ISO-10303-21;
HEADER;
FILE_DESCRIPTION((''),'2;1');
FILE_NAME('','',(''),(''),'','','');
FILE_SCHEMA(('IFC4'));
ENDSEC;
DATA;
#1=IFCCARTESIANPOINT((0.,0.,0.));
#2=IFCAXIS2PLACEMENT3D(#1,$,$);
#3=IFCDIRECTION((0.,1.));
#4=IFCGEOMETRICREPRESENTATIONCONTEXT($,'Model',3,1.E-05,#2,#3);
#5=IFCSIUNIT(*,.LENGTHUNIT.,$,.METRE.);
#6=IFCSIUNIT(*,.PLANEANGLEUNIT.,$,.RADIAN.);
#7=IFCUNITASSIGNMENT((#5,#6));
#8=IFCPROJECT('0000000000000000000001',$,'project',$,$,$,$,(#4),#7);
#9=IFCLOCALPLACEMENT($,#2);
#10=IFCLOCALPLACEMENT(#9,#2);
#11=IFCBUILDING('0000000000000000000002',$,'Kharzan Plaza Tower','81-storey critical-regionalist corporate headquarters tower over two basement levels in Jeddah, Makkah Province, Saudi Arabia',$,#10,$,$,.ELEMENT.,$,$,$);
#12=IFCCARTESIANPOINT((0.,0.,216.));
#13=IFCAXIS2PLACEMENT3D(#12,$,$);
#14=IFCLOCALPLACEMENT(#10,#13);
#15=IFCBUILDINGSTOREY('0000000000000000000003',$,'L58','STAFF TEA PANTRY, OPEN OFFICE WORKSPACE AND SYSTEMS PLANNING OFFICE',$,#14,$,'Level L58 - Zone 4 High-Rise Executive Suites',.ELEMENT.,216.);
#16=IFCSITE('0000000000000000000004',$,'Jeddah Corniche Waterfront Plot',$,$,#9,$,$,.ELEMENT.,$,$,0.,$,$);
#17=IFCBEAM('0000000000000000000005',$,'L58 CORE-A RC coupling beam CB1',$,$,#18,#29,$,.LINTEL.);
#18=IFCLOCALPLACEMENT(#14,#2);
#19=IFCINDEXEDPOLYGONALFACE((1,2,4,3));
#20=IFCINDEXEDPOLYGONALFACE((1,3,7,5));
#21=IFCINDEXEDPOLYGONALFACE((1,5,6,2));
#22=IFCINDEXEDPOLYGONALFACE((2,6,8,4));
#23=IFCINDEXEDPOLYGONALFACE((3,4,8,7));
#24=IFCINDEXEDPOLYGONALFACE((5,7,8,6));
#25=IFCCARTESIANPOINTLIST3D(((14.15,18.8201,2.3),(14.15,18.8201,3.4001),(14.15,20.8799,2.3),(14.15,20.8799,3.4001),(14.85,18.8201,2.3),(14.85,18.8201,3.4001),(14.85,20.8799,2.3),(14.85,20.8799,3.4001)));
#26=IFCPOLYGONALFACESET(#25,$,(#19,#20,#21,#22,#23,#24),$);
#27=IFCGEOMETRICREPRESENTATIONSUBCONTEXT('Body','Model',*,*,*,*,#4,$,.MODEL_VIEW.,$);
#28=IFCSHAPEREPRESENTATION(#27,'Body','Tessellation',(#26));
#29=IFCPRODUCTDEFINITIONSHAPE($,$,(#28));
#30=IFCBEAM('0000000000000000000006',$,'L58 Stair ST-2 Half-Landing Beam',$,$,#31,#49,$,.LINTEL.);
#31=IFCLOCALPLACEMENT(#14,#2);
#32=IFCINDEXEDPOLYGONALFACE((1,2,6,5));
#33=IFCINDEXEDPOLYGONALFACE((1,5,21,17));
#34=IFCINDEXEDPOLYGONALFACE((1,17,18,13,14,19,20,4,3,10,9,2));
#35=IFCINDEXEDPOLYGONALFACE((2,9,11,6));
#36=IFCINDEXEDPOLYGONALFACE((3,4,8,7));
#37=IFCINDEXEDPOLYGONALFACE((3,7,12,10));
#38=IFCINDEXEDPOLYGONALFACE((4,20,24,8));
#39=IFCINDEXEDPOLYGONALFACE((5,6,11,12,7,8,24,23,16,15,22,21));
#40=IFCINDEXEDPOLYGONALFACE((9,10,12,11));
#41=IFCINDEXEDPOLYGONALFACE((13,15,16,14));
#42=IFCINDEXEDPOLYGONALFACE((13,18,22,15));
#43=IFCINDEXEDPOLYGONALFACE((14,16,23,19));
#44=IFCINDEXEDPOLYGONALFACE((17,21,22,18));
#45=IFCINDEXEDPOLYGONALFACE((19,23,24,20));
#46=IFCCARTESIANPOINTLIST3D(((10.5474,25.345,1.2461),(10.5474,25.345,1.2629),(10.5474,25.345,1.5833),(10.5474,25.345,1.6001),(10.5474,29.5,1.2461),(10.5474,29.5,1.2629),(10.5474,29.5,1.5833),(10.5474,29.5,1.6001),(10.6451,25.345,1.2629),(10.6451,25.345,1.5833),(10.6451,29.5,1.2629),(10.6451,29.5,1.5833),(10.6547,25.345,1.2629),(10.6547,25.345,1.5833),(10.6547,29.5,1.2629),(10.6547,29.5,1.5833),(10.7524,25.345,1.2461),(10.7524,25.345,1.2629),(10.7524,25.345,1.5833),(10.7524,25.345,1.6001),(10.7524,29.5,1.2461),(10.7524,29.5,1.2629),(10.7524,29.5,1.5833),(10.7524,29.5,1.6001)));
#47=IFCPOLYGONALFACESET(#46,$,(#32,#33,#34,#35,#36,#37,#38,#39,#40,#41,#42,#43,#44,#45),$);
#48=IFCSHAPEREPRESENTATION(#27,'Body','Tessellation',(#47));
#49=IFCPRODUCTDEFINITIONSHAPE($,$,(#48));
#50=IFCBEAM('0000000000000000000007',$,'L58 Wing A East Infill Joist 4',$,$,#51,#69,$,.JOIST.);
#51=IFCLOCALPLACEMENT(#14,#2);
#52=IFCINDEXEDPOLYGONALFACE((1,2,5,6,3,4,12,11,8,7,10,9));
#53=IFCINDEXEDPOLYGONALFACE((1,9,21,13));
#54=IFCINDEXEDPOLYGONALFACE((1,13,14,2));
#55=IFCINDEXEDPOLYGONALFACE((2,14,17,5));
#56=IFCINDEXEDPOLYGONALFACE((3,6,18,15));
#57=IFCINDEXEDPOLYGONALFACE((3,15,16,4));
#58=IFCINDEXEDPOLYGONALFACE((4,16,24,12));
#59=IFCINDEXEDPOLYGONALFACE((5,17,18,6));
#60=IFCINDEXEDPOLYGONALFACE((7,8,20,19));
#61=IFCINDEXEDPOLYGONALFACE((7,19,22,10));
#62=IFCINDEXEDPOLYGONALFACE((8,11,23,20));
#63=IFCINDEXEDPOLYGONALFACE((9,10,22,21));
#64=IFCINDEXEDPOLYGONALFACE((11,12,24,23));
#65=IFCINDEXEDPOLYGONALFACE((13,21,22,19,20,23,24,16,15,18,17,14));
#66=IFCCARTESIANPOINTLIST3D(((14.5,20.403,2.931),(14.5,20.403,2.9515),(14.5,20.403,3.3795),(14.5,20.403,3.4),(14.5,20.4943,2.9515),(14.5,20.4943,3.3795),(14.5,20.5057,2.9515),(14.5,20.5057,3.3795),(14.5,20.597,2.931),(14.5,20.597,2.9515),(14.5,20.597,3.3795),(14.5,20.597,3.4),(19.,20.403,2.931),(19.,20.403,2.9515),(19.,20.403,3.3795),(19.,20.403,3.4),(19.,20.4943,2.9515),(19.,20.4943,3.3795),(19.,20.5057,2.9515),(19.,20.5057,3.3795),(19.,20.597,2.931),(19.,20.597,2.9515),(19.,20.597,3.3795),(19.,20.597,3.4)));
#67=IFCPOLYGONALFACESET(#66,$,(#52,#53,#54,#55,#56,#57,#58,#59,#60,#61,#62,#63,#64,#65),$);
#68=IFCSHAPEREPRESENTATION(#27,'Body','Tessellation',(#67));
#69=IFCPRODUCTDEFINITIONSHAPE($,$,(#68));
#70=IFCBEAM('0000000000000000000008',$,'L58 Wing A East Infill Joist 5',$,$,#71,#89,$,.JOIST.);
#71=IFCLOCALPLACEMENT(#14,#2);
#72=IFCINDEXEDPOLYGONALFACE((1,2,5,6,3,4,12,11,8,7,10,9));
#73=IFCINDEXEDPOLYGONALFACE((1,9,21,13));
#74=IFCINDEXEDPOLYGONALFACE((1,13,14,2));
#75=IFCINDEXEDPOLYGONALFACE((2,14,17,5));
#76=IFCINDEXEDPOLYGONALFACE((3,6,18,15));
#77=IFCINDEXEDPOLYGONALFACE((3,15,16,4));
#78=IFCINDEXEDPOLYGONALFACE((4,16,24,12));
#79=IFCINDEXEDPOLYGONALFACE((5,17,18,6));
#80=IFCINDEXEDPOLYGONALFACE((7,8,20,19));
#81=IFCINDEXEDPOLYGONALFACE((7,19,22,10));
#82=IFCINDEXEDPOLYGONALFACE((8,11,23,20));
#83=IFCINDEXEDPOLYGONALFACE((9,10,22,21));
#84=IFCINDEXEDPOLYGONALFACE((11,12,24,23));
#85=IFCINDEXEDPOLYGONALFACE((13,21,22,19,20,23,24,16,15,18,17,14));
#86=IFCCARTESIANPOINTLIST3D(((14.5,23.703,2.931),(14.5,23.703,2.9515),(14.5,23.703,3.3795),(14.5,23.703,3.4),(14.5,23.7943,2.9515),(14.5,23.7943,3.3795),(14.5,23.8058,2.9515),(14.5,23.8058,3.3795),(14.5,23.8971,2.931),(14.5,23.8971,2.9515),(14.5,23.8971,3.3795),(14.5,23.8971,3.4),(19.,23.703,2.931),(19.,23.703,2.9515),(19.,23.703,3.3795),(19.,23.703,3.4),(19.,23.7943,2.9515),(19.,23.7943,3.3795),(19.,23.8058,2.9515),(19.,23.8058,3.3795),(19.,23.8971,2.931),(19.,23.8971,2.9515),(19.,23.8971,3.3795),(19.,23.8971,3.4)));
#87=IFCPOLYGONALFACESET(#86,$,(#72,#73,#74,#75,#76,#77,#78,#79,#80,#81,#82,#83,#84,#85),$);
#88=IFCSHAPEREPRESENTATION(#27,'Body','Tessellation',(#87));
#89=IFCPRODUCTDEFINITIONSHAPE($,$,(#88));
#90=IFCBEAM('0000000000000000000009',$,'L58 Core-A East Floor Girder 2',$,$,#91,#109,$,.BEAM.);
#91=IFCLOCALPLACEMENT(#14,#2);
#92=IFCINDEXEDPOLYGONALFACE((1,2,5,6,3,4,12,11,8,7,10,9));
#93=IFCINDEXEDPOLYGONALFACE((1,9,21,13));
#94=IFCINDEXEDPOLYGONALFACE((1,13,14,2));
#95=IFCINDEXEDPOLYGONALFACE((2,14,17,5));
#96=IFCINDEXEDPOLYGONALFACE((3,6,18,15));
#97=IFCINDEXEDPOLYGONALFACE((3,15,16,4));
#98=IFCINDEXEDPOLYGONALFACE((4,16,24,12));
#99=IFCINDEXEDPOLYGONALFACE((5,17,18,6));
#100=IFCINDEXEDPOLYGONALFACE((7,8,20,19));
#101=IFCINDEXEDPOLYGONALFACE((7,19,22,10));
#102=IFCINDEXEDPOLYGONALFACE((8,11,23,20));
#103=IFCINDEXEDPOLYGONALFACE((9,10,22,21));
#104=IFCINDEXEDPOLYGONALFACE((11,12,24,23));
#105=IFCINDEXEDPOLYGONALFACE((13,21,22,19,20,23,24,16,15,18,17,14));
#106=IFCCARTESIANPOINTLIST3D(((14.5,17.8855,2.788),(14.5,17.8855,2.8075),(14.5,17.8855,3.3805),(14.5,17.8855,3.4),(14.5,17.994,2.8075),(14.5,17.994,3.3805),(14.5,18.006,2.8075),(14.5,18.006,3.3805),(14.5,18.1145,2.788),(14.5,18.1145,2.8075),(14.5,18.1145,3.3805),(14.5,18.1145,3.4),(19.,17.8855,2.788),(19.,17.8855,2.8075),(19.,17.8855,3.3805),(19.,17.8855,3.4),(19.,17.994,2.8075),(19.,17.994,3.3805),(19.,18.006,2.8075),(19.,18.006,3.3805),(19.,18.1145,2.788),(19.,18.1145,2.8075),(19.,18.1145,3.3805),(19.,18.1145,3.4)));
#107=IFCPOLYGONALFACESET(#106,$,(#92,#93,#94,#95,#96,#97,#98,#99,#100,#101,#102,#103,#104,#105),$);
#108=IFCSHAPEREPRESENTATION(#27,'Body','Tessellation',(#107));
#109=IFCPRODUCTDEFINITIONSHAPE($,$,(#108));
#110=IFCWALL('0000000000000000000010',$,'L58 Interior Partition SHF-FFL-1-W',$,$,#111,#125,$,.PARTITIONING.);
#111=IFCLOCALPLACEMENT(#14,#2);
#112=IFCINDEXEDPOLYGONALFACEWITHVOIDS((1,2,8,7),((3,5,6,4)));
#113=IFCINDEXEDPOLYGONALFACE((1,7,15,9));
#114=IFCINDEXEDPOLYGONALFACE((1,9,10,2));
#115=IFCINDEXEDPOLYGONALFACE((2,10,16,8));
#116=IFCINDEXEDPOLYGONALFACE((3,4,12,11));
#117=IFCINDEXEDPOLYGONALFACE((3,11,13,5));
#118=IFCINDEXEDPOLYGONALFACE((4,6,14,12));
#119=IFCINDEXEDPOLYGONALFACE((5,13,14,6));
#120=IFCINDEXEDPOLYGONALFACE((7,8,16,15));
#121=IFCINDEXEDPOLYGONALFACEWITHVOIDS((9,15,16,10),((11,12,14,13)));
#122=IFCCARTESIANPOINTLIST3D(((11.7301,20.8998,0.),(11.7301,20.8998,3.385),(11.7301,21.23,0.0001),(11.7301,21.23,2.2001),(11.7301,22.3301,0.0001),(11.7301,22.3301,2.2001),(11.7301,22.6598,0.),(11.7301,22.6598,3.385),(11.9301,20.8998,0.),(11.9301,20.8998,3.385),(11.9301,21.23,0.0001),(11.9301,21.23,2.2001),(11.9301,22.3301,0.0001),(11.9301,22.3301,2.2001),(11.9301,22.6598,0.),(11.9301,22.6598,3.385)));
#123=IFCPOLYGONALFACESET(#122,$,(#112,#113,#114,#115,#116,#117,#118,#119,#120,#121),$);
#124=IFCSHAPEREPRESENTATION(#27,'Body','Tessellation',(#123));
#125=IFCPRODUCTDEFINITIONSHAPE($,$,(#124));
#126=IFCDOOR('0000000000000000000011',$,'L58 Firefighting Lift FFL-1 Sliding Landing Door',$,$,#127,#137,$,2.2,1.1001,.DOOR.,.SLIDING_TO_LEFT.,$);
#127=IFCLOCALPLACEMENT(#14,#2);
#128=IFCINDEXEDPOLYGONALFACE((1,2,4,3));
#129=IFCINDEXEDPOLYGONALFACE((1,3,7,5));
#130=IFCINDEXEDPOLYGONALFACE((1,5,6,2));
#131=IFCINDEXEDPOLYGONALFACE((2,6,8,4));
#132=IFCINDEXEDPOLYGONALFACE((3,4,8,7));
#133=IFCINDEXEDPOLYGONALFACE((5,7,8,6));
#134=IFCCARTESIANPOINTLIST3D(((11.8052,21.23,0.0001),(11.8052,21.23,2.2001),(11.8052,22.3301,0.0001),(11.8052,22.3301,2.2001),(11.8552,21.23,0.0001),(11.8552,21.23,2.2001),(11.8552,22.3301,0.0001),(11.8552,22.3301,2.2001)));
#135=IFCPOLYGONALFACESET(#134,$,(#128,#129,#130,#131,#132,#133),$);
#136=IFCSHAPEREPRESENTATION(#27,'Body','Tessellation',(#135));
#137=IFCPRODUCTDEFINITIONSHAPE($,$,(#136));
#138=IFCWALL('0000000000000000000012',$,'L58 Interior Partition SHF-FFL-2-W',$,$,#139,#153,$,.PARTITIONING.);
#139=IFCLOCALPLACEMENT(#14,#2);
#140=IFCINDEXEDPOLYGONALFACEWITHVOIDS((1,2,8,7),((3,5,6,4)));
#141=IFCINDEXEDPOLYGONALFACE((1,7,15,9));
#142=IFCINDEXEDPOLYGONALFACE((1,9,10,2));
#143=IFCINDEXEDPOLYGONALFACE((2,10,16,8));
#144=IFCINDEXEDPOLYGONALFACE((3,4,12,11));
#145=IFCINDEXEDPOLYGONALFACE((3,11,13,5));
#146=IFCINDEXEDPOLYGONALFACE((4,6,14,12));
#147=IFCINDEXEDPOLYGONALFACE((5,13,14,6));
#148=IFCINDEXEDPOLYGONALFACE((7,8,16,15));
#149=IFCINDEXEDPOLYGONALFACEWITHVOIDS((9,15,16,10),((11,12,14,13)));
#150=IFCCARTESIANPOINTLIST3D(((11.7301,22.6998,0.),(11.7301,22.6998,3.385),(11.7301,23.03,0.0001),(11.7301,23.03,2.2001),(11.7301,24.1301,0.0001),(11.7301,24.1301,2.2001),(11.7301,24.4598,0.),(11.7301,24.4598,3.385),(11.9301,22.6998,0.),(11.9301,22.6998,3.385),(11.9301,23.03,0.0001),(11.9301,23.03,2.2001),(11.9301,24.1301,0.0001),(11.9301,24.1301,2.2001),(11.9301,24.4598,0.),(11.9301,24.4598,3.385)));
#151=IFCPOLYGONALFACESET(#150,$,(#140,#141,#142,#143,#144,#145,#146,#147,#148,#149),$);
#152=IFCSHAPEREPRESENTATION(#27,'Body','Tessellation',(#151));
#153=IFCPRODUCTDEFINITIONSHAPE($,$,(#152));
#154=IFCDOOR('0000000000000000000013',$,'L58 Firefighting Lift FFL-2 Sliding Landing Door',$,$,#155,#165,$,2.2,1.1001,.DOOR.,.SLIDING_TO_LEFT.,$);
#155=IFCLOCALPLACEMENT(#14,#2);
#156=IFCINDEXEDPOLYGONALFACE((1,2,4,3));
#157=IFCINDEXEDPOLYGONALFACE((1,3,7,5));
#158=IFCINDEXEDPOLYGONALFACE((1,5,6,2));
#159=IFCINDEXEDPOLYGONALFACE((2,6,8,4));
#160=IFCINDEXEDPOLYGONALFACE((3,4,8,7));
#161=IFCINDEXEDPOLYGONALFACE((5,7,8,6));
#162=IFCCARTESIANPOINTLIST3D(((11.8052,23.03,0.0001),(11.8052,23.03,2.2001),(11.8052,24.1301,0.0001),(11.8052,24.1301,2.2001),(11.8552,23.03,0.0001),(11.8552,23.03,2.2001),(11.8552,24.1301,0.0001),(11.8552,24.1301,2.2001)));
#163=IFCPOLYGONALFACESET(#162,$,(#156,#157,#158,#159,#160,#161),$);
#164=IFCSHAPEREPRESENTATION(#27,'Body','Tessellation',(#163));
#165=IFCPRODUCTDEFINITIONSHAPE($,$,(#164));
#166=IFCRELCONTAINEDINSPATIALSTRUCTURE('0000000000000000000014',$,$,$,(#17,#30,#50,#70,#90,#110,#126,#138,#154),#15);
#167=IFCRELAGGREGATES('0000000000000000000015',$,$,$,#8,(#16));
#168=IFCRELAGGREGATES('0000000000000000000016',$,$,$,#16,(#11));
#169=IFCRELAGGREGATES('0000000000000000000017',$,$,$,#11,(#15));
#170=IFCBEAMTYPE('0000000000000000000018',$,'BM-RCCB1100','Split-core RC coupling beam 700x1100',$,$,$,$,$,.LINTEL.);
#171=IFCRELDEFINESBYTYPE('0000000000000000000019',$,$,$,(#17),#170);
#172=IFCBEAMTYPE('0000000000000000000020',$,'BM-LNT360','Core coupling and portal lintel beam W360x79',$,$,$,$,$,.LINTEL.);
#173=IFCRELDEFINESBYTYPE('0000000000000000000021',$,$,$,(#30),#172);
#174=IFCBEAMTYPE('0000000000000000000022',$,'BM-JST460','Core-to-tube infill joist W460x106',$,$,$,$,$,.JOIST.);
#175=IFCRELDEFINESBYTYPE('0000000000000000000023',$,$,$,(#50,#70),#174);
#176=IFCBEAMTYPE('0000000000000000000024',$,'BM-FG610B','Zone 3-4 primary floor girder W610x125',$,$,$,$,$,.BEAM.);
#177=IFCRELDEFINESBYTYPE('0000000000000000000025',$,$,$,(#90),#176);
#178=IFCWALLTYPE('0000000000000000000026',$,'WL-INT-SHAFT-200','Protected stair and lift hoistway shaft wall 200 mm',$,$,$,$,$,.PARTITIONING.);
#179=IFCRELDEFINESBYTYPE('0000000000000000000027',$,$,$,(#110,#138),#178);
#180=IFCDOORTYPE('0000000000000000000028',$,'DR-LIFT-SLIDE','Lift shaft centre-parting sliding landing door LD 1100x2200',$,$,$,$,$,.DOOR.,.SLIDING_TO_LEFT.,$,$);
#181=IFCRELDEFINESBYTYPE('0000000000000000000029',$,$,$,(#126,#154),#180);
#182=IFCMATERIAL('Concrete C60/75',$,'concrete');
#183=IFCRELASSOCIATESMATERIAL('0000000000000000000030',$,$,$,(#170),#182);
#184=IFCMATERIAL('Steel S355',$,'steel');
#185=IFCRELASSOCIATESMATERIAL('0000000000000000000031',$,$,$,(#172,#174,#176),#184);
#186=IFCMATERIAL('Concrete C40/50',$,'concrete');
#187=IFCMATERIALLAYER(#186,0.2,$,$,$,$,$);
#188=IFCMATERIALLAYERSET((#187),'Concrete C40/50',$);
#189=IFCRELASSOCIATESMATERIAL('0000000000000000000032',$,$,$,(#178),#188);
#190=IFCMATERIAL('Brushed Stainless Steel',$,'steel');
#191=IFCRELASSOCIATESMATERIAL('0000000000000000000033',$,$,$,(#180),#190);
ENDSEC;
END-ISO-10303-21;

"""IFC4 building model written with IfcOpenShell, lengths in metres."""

from ifc_helpers import new_model, si_unit, direction, frame, frame_2d, origin, origin_2d, place, context, subcontext, project, spatial, rectangle, i_section, extrude, source, transform, mapped, material, layer, layer_set, material_profile, profile_set, type_object, element, fill, save


model = new_model("IFC4")

# Units and contexts
model_context = context("Model", 3, precision=1e-05, world=origin(), true_north=direction((0.0, 1.0)))
body_context = subcontext(model_context, "Body", "Model", "MODEL_VIEW")
ifc_project = project(units=[si_unit("LENGTHUNIT", "METRE"), si_unit("PLANEANGLEUNIT", "RADIAN")], contexts=[model_context])

# Site, building, storey
site_placement = place(None, origin())
site = spatial("IfcSite", under=ifc_project, at=site_placement, Name="Jeddah Corniche Waterfront Plot", CompositionType="ELEMENT", RefElevation=0.0)
building_placement = place(site_placement, origin())
building = spatial("IfcBuilding", under=site, at=building_placement, Name="Kharzan Plaza Tower", Description="81-storey critical-regionalist corporate headquarters tower over two basement levels in Jeddah, Makkah Province, Saudi Arabia", CompositionType="ELEMENT")
storey_placement = place(building_placement, frame((0.0, 0.0, 216.0)))
storey = spatial("IfcBuildingStorey", under=building, at=storey_placement, Name="L58", Description="STAFF TEA PANTRY, OPEN OFFICE WORKSPACE AND SYSTEMS PLANNING OFFICE", LongName="Level L58 - Zone 4 High-Rise Executive Suites", CompositionType="ELEMENT", Elevation=216.0)

# Beams
ifc_material_1 = material(Name="Concrete C60/75", Category="concrete")
ifc_material_profile_1 = material_profile(ifc_material_1, rectangle(XDim=0.7, YDim=1.1001, at=origin_2d()), Name="RC-CB1100x700")
ifc_profile_set_1 = profile_set([ifc_material_profile_1], Name="Concrete C60/75")
beam_type_1 = type_object("IfcBeamType", Name="BM-RCCB1100", Description="Split-core RC coupling beam 700x1100", PredefinedType="LINTEL", material=ifc_profile_set_1)
shared_shape_1 = source(origin(), body_context, "Body", "SweptSolid", [
    extrude(rectangle(XDim=0.7, YDim=1.1001, at=origin_2d()), origin(), (0.0, 0.0, 1.0), 2.0598),
])
beam_1_placement = place(storey_placement, frame((14.5, 18.8201, 2.8501), z_axis=(0.0, 1.0, 0.0), x_axis=(-1.0, 0.0, 0.0)))
element("IfcBeam", 1, at=beam_1_placement, inside=storey, type_object=beam_type_1, Name="L58 CORE-A RC coupling beam CB1", PredefinedType="LINTEL", context=body_context, shape_type="MappedRepresentation", body=[
    mapped(shared_shape_1, transform((0.0, 0.0, 0.0), x_axis=(1.0, 0.0, 0.0), y_axis=(0.0, 1.0, 0.0), z_axis=(0.0, 0.0, 1.0))),
])
ifc_material_2 = material(Name="Steel S355", Category="steel")
ifc_material_profile_2 = material_profile(ifc_material_2, i_section(OverallWidth=0.2051, OverallDepth=0.354, WebThickness=0.0095, FlangeThickness=0.0168, at=origin_2d()), Name="W360x79")
ifc_profile_set_2 = profile_set([ifc_material_profile_2], Name="Steel S355")
beam_type_2 = type_object("IfcBeamType", Name="BM-LNT360", Description="Core coupling and portal lintel beam W360x79", PredefinedType="LINTEL", material=ifc_profile_set_2)
shared_shape_2 = source(origin(), body_context, "Body", "SweptSolid", [
    extrude(i_section(OverallWidth=0.2051, OverallDepth=0.354, WebThickness=0.0095, FlangeThickness=0.0168, at=origin_2d()), origin(), (0.0, 0.0, 1.0), 4.155),
])
beam_2_placement = place(storey_placement, frame((10.6499, 25.345, 1.4231), z_axis=(0.0, 1.0, 0.0), x_axis=(-1.0, 0.0, 0.0)))
element("IfcBeam", 2, at=beam_2_placement, inside=storey, type_object=beam_type_2, Name="L58 Stair ST-2 Half-Landing Beam", PredefinedType="LINTEL", context=body_context, shape_type="MappedRepresentation", body=[
    mapped(shared_shape_2, transform((0.0, 0.0, 0.0), x_axis=(1.0, 0.0, 0.0), y_axis=(0.0, 1.0, 0.0), z_axis=(0.0, 0.0, 1.0))),
])
ifc_material_profile_3 = material_profile(ifc_material_2, i_section(OverallWidth=0.1941, OverallDepth=0.469, WebThickness=0.0115, FlangeThickness=0.0205, at=origin_2d()), Name="W460x106")
ifc_profile_set_3 = profile_set([ifc_material_profile_3], Name="Steel S355")
beam_type_3 = type_object("IfcBeamType", Name="BM-JST460", Description="Core-to-tube infill joist W460x106", PredefinedType="JOIST", material=ifc_profile_set_3)
shared_shape_3 = source(origin(), body_context, "Body", "SweptSolid", [
    extrude(i_section(OverallWidth=0.1941, OverallDepth=0.469, WebThickness=0.0115, FlangeThickness=0.0205, at=origin_2d()), origin(), (0.0, 0.0, 1.0), 4.5),
])
for number, where, z_axis, x_axis, name in (
    (3, (14.5, 20.5, 3.1655), (1.0, 0.0, 0.0), (0.0, 1.0, 0.0), "L58 Wing A East Infill Joist 4"),
    (4, (14.5, 23.8, 3.1655), (1.0, 0.0, 0.0), (0.0, 1.0, 0.0), "L58 Wing A East Infill Joist 5"),
):
    element("IfcBeam", number, at=place(storey_placement, frame(where, z_axis=z_axis, x_axis=x_axis)), inside=storey, type_object=beam_type_3, Name=name, PredefinedType="JOIST", context=body_context, shape_type="MappedRepresentation", body=[
        mapped(shared_shape_3, transform((0.0, 0.0, 0.0), x_axis=(1.0, 0.0, 0.0), y_axis=(0.0, 1.0, 0.0), z_axis=(0.0, 0.0, 1.0))),
    ])
ifc_material_profile_4 = material_profile(ifc_material_2, i_section(OverallWidth=0.229, OverallDepth=0.6121, WebThickness=0.012, FlangeThickness=0.0195, at=origin_2d()), Name="W610x125")
ifc_profile_set_4 = profile_set([ifc_material_profile_4], Name="Steel S355")
beam_type_4 = type_object("IfcBeamType", Name="BM-FG610B", Description="Zone 3-4 primary floor girder W610x125", PredefinedType="BEAM", material=ifc_profile_set_4)
shared_shape_4 = source(origin(), body_context, "Body", "SweptSolid", [
    extrude(i_section(OverallWidth=0.229, OverallDepth=0.6121, WebThickness=0.012, FlangeThickness=0.0195, at=origin_2d()), origin(), (0.0, 0.0, 1.0), 4.5),
])
beam_3_placement = place(storey_placement, frame((14.5, 18.0, 3.094), z_axis=(1.0, 0.0, 0.0), x_axis=(0.0, 1.0, 0.0)))
element("IfcBeam", 5, at=beam_3_placement, inside=storey, type_object=beam_type_4, Name="L58 Core-A East Floor Girder 2", PredefinedType="BEAM", context=body_context, shape_type="MappedRepresentation", body=[
    mapped(shared_shape_4, transform((0.0, 0.0, 0.0), x_axis=(1.0, 0.0, 0.0), y_axis=(0.0, 1.0, 0.0), z_axis=(0.0, 0.0, 1.0))),
])

# Walls, openings, doors
ifc_material_3 = material(Name="Concrete C40/50", Category="concrete")
ifc_layer_1 = layer(ifc_material_3, 0.2)
ifc_layer_set_1 = layer_set([ifc_layer_1], Name="Concrete C40/50")
wall_type_1 = type_object("IfcWallType", Name="WL-INT-SHAFT-200", Description="Protected stair and lift hoistway shaft wall 200 mm", PredefinedType="PARTITIONING", material=ifc_layer_set_1)
wall_1_placement = place(storey_placement, frame((11.8301, 20.8999, 0.0), z_axis=(0.0, 0.0, 1.0), x_axis=(0.0, 1.0, 0.0)))
wall_1 = element("IfcWall", 6, at=wall_1_placement, inside=storey, type_object=wall_type_1, Name="L58 Interior Partition SHF-FFL-1-W", PredefinedType="PARTITIONING", context=body_context, shape_type="SweptSolid", body=[
    extrude(rectangle(XDim=1.76, YDim=0.2, at=frame_2d((0.8799, 0.0))), origin(), (0.0, 0.0, 1.0), 3.385),
])
opening_1_placement = place(wall_1_placement, frame((0.3301, 0.0, 0.0)))
opening_1 = element("IfcOpeningElement", 7, at=opening_1_placement, cuts=wall_1, PredefinedType="OPENING", context=body_context, shape_type="SweptSolid", body=[
    extrude(rectangle(XDim=1.1001, YDim=2.2, at=frame_2d((0.55, 1.1001))), frame((0.0, 0.1099, 0.0), z_axis=(0.0, -1.0, 0.0), x_axis=(1.0, 0.0, 0.0)), (0.0, 0.0, 1.0), 0.22),
])
ifc_material_4 = material(Name="Brushed Stainless Steel", Category="steel")
door_type_1 = type_object("IfcDoorType", Name="DR-LIFT-SLIDE", Description="Lift shaft centre-parting sliding landing door LD 1100x2200", OperationType="SLIDING_TO_LEFT", PredefinedType="DOOR", material=ifc_material_4)
shared_shape_5 = source(origin(), body_context, "Body", "SweptSolid", [
    extrude(rectangle(XDim=1.1001, YDim=2.2, at=frame_2d((0.55, 1.1001))), frame((0.0, 0.0249, 0.0), z_axis=(0.0, -1.0, 0.0), x_axis=(1.0, 0.0, 0.0)), (0.0, 0.0, 1.0), 0.05),
])
door_1_placement = place(opening_1_placement, origin())
door_1 = element("IfcDoor", 8, at=door_1_placement, inside=storey, type_object=door_type_1, Name="L58 Firefighting Lift FFL-1 Sliding Landing Door", OperationType="SLIDING_TO_LEFT", OverallHeight=2.2, OverallWidth=1.1001, PredefinedType="DOOR", context=body_context, shape_type="MappedRepresentation", body=[
    mapped(shared_shape_5, transform((0.0, 0.0, 0.0), x_axis=(1.0, 0.0, 0.0), y_axis=(0.0, 1.0, 0.0), z_axis=(0.0, 0.0, 1.0))),
])
fill(opening_1, door_1)
wall_2_placement = place(storey_placement, frame((11.8301, 22.7, 0.0), z_axis=(0.0, 0.0, 1.0), x_axis=(0.0, 1.0, 0.0)))
wall_2 = element("IfcWall", 9, at=wall_2_placement, inside=storey, type_object=wall_type_1, Name="L58 Interior Partition SHF-FFL-2-W", PredefinedType="PARTITIONING", context=body_context, shape_type="SweptSolid", body=[
    extrude(rectangle(XDim=1.76, YDim=0.2, at=frame_2d((0.8799, 0.0))), origin(), (0.0, 0.0, 1.0), 3.385),
])
opening_2_placement = place(wall_2_placement, frame((0.3301, 0.0, 0.0)))
opening_2 = element("IfcOpeningElement", 10, at=opening_2_placement, cuts=wall_2, PredefinedType="OPENING", context=body_context, shape_type="SweptSolid", body=[
    extrude(rectangle(XDim=1.1001, YDim=2.2, at=frame_2d((0.55, 1.1001))), frame((0.0, 0.1099, 0.0), z_axis=(0.0, -1.0, 0.0), x_axis=(1.0, 0.0, 0.0)), (0.0, 0.0, 1.0), 0.22),
])
door_2_placement = place(opening_2_placement, origin())
door_2 = element("IfcDoor", 11, at=door_2_placement, inside=storey, type_object=door_type_1, Name="L58 Firefighting Lift FFL-2 Sliding Landing Door", OperationType="SLIDING_TO_LEFT", OverallHeight=2.2, OverallWidth=1.1001, PredefinedType="DOOR", context=body_context, shape_type="MappedRepresentation", body=[
    mapped(shared_shape_5, transform((0.0, 0.0, 0.0), x_axis=(1.0, 0.0, 0.0), y_axis=(0.0, 1.0, 0.0), z_axis=(0.0, 0.0, 1.0))),
])
fill(opening_2, door_2)

save(model, "model.ifc")
